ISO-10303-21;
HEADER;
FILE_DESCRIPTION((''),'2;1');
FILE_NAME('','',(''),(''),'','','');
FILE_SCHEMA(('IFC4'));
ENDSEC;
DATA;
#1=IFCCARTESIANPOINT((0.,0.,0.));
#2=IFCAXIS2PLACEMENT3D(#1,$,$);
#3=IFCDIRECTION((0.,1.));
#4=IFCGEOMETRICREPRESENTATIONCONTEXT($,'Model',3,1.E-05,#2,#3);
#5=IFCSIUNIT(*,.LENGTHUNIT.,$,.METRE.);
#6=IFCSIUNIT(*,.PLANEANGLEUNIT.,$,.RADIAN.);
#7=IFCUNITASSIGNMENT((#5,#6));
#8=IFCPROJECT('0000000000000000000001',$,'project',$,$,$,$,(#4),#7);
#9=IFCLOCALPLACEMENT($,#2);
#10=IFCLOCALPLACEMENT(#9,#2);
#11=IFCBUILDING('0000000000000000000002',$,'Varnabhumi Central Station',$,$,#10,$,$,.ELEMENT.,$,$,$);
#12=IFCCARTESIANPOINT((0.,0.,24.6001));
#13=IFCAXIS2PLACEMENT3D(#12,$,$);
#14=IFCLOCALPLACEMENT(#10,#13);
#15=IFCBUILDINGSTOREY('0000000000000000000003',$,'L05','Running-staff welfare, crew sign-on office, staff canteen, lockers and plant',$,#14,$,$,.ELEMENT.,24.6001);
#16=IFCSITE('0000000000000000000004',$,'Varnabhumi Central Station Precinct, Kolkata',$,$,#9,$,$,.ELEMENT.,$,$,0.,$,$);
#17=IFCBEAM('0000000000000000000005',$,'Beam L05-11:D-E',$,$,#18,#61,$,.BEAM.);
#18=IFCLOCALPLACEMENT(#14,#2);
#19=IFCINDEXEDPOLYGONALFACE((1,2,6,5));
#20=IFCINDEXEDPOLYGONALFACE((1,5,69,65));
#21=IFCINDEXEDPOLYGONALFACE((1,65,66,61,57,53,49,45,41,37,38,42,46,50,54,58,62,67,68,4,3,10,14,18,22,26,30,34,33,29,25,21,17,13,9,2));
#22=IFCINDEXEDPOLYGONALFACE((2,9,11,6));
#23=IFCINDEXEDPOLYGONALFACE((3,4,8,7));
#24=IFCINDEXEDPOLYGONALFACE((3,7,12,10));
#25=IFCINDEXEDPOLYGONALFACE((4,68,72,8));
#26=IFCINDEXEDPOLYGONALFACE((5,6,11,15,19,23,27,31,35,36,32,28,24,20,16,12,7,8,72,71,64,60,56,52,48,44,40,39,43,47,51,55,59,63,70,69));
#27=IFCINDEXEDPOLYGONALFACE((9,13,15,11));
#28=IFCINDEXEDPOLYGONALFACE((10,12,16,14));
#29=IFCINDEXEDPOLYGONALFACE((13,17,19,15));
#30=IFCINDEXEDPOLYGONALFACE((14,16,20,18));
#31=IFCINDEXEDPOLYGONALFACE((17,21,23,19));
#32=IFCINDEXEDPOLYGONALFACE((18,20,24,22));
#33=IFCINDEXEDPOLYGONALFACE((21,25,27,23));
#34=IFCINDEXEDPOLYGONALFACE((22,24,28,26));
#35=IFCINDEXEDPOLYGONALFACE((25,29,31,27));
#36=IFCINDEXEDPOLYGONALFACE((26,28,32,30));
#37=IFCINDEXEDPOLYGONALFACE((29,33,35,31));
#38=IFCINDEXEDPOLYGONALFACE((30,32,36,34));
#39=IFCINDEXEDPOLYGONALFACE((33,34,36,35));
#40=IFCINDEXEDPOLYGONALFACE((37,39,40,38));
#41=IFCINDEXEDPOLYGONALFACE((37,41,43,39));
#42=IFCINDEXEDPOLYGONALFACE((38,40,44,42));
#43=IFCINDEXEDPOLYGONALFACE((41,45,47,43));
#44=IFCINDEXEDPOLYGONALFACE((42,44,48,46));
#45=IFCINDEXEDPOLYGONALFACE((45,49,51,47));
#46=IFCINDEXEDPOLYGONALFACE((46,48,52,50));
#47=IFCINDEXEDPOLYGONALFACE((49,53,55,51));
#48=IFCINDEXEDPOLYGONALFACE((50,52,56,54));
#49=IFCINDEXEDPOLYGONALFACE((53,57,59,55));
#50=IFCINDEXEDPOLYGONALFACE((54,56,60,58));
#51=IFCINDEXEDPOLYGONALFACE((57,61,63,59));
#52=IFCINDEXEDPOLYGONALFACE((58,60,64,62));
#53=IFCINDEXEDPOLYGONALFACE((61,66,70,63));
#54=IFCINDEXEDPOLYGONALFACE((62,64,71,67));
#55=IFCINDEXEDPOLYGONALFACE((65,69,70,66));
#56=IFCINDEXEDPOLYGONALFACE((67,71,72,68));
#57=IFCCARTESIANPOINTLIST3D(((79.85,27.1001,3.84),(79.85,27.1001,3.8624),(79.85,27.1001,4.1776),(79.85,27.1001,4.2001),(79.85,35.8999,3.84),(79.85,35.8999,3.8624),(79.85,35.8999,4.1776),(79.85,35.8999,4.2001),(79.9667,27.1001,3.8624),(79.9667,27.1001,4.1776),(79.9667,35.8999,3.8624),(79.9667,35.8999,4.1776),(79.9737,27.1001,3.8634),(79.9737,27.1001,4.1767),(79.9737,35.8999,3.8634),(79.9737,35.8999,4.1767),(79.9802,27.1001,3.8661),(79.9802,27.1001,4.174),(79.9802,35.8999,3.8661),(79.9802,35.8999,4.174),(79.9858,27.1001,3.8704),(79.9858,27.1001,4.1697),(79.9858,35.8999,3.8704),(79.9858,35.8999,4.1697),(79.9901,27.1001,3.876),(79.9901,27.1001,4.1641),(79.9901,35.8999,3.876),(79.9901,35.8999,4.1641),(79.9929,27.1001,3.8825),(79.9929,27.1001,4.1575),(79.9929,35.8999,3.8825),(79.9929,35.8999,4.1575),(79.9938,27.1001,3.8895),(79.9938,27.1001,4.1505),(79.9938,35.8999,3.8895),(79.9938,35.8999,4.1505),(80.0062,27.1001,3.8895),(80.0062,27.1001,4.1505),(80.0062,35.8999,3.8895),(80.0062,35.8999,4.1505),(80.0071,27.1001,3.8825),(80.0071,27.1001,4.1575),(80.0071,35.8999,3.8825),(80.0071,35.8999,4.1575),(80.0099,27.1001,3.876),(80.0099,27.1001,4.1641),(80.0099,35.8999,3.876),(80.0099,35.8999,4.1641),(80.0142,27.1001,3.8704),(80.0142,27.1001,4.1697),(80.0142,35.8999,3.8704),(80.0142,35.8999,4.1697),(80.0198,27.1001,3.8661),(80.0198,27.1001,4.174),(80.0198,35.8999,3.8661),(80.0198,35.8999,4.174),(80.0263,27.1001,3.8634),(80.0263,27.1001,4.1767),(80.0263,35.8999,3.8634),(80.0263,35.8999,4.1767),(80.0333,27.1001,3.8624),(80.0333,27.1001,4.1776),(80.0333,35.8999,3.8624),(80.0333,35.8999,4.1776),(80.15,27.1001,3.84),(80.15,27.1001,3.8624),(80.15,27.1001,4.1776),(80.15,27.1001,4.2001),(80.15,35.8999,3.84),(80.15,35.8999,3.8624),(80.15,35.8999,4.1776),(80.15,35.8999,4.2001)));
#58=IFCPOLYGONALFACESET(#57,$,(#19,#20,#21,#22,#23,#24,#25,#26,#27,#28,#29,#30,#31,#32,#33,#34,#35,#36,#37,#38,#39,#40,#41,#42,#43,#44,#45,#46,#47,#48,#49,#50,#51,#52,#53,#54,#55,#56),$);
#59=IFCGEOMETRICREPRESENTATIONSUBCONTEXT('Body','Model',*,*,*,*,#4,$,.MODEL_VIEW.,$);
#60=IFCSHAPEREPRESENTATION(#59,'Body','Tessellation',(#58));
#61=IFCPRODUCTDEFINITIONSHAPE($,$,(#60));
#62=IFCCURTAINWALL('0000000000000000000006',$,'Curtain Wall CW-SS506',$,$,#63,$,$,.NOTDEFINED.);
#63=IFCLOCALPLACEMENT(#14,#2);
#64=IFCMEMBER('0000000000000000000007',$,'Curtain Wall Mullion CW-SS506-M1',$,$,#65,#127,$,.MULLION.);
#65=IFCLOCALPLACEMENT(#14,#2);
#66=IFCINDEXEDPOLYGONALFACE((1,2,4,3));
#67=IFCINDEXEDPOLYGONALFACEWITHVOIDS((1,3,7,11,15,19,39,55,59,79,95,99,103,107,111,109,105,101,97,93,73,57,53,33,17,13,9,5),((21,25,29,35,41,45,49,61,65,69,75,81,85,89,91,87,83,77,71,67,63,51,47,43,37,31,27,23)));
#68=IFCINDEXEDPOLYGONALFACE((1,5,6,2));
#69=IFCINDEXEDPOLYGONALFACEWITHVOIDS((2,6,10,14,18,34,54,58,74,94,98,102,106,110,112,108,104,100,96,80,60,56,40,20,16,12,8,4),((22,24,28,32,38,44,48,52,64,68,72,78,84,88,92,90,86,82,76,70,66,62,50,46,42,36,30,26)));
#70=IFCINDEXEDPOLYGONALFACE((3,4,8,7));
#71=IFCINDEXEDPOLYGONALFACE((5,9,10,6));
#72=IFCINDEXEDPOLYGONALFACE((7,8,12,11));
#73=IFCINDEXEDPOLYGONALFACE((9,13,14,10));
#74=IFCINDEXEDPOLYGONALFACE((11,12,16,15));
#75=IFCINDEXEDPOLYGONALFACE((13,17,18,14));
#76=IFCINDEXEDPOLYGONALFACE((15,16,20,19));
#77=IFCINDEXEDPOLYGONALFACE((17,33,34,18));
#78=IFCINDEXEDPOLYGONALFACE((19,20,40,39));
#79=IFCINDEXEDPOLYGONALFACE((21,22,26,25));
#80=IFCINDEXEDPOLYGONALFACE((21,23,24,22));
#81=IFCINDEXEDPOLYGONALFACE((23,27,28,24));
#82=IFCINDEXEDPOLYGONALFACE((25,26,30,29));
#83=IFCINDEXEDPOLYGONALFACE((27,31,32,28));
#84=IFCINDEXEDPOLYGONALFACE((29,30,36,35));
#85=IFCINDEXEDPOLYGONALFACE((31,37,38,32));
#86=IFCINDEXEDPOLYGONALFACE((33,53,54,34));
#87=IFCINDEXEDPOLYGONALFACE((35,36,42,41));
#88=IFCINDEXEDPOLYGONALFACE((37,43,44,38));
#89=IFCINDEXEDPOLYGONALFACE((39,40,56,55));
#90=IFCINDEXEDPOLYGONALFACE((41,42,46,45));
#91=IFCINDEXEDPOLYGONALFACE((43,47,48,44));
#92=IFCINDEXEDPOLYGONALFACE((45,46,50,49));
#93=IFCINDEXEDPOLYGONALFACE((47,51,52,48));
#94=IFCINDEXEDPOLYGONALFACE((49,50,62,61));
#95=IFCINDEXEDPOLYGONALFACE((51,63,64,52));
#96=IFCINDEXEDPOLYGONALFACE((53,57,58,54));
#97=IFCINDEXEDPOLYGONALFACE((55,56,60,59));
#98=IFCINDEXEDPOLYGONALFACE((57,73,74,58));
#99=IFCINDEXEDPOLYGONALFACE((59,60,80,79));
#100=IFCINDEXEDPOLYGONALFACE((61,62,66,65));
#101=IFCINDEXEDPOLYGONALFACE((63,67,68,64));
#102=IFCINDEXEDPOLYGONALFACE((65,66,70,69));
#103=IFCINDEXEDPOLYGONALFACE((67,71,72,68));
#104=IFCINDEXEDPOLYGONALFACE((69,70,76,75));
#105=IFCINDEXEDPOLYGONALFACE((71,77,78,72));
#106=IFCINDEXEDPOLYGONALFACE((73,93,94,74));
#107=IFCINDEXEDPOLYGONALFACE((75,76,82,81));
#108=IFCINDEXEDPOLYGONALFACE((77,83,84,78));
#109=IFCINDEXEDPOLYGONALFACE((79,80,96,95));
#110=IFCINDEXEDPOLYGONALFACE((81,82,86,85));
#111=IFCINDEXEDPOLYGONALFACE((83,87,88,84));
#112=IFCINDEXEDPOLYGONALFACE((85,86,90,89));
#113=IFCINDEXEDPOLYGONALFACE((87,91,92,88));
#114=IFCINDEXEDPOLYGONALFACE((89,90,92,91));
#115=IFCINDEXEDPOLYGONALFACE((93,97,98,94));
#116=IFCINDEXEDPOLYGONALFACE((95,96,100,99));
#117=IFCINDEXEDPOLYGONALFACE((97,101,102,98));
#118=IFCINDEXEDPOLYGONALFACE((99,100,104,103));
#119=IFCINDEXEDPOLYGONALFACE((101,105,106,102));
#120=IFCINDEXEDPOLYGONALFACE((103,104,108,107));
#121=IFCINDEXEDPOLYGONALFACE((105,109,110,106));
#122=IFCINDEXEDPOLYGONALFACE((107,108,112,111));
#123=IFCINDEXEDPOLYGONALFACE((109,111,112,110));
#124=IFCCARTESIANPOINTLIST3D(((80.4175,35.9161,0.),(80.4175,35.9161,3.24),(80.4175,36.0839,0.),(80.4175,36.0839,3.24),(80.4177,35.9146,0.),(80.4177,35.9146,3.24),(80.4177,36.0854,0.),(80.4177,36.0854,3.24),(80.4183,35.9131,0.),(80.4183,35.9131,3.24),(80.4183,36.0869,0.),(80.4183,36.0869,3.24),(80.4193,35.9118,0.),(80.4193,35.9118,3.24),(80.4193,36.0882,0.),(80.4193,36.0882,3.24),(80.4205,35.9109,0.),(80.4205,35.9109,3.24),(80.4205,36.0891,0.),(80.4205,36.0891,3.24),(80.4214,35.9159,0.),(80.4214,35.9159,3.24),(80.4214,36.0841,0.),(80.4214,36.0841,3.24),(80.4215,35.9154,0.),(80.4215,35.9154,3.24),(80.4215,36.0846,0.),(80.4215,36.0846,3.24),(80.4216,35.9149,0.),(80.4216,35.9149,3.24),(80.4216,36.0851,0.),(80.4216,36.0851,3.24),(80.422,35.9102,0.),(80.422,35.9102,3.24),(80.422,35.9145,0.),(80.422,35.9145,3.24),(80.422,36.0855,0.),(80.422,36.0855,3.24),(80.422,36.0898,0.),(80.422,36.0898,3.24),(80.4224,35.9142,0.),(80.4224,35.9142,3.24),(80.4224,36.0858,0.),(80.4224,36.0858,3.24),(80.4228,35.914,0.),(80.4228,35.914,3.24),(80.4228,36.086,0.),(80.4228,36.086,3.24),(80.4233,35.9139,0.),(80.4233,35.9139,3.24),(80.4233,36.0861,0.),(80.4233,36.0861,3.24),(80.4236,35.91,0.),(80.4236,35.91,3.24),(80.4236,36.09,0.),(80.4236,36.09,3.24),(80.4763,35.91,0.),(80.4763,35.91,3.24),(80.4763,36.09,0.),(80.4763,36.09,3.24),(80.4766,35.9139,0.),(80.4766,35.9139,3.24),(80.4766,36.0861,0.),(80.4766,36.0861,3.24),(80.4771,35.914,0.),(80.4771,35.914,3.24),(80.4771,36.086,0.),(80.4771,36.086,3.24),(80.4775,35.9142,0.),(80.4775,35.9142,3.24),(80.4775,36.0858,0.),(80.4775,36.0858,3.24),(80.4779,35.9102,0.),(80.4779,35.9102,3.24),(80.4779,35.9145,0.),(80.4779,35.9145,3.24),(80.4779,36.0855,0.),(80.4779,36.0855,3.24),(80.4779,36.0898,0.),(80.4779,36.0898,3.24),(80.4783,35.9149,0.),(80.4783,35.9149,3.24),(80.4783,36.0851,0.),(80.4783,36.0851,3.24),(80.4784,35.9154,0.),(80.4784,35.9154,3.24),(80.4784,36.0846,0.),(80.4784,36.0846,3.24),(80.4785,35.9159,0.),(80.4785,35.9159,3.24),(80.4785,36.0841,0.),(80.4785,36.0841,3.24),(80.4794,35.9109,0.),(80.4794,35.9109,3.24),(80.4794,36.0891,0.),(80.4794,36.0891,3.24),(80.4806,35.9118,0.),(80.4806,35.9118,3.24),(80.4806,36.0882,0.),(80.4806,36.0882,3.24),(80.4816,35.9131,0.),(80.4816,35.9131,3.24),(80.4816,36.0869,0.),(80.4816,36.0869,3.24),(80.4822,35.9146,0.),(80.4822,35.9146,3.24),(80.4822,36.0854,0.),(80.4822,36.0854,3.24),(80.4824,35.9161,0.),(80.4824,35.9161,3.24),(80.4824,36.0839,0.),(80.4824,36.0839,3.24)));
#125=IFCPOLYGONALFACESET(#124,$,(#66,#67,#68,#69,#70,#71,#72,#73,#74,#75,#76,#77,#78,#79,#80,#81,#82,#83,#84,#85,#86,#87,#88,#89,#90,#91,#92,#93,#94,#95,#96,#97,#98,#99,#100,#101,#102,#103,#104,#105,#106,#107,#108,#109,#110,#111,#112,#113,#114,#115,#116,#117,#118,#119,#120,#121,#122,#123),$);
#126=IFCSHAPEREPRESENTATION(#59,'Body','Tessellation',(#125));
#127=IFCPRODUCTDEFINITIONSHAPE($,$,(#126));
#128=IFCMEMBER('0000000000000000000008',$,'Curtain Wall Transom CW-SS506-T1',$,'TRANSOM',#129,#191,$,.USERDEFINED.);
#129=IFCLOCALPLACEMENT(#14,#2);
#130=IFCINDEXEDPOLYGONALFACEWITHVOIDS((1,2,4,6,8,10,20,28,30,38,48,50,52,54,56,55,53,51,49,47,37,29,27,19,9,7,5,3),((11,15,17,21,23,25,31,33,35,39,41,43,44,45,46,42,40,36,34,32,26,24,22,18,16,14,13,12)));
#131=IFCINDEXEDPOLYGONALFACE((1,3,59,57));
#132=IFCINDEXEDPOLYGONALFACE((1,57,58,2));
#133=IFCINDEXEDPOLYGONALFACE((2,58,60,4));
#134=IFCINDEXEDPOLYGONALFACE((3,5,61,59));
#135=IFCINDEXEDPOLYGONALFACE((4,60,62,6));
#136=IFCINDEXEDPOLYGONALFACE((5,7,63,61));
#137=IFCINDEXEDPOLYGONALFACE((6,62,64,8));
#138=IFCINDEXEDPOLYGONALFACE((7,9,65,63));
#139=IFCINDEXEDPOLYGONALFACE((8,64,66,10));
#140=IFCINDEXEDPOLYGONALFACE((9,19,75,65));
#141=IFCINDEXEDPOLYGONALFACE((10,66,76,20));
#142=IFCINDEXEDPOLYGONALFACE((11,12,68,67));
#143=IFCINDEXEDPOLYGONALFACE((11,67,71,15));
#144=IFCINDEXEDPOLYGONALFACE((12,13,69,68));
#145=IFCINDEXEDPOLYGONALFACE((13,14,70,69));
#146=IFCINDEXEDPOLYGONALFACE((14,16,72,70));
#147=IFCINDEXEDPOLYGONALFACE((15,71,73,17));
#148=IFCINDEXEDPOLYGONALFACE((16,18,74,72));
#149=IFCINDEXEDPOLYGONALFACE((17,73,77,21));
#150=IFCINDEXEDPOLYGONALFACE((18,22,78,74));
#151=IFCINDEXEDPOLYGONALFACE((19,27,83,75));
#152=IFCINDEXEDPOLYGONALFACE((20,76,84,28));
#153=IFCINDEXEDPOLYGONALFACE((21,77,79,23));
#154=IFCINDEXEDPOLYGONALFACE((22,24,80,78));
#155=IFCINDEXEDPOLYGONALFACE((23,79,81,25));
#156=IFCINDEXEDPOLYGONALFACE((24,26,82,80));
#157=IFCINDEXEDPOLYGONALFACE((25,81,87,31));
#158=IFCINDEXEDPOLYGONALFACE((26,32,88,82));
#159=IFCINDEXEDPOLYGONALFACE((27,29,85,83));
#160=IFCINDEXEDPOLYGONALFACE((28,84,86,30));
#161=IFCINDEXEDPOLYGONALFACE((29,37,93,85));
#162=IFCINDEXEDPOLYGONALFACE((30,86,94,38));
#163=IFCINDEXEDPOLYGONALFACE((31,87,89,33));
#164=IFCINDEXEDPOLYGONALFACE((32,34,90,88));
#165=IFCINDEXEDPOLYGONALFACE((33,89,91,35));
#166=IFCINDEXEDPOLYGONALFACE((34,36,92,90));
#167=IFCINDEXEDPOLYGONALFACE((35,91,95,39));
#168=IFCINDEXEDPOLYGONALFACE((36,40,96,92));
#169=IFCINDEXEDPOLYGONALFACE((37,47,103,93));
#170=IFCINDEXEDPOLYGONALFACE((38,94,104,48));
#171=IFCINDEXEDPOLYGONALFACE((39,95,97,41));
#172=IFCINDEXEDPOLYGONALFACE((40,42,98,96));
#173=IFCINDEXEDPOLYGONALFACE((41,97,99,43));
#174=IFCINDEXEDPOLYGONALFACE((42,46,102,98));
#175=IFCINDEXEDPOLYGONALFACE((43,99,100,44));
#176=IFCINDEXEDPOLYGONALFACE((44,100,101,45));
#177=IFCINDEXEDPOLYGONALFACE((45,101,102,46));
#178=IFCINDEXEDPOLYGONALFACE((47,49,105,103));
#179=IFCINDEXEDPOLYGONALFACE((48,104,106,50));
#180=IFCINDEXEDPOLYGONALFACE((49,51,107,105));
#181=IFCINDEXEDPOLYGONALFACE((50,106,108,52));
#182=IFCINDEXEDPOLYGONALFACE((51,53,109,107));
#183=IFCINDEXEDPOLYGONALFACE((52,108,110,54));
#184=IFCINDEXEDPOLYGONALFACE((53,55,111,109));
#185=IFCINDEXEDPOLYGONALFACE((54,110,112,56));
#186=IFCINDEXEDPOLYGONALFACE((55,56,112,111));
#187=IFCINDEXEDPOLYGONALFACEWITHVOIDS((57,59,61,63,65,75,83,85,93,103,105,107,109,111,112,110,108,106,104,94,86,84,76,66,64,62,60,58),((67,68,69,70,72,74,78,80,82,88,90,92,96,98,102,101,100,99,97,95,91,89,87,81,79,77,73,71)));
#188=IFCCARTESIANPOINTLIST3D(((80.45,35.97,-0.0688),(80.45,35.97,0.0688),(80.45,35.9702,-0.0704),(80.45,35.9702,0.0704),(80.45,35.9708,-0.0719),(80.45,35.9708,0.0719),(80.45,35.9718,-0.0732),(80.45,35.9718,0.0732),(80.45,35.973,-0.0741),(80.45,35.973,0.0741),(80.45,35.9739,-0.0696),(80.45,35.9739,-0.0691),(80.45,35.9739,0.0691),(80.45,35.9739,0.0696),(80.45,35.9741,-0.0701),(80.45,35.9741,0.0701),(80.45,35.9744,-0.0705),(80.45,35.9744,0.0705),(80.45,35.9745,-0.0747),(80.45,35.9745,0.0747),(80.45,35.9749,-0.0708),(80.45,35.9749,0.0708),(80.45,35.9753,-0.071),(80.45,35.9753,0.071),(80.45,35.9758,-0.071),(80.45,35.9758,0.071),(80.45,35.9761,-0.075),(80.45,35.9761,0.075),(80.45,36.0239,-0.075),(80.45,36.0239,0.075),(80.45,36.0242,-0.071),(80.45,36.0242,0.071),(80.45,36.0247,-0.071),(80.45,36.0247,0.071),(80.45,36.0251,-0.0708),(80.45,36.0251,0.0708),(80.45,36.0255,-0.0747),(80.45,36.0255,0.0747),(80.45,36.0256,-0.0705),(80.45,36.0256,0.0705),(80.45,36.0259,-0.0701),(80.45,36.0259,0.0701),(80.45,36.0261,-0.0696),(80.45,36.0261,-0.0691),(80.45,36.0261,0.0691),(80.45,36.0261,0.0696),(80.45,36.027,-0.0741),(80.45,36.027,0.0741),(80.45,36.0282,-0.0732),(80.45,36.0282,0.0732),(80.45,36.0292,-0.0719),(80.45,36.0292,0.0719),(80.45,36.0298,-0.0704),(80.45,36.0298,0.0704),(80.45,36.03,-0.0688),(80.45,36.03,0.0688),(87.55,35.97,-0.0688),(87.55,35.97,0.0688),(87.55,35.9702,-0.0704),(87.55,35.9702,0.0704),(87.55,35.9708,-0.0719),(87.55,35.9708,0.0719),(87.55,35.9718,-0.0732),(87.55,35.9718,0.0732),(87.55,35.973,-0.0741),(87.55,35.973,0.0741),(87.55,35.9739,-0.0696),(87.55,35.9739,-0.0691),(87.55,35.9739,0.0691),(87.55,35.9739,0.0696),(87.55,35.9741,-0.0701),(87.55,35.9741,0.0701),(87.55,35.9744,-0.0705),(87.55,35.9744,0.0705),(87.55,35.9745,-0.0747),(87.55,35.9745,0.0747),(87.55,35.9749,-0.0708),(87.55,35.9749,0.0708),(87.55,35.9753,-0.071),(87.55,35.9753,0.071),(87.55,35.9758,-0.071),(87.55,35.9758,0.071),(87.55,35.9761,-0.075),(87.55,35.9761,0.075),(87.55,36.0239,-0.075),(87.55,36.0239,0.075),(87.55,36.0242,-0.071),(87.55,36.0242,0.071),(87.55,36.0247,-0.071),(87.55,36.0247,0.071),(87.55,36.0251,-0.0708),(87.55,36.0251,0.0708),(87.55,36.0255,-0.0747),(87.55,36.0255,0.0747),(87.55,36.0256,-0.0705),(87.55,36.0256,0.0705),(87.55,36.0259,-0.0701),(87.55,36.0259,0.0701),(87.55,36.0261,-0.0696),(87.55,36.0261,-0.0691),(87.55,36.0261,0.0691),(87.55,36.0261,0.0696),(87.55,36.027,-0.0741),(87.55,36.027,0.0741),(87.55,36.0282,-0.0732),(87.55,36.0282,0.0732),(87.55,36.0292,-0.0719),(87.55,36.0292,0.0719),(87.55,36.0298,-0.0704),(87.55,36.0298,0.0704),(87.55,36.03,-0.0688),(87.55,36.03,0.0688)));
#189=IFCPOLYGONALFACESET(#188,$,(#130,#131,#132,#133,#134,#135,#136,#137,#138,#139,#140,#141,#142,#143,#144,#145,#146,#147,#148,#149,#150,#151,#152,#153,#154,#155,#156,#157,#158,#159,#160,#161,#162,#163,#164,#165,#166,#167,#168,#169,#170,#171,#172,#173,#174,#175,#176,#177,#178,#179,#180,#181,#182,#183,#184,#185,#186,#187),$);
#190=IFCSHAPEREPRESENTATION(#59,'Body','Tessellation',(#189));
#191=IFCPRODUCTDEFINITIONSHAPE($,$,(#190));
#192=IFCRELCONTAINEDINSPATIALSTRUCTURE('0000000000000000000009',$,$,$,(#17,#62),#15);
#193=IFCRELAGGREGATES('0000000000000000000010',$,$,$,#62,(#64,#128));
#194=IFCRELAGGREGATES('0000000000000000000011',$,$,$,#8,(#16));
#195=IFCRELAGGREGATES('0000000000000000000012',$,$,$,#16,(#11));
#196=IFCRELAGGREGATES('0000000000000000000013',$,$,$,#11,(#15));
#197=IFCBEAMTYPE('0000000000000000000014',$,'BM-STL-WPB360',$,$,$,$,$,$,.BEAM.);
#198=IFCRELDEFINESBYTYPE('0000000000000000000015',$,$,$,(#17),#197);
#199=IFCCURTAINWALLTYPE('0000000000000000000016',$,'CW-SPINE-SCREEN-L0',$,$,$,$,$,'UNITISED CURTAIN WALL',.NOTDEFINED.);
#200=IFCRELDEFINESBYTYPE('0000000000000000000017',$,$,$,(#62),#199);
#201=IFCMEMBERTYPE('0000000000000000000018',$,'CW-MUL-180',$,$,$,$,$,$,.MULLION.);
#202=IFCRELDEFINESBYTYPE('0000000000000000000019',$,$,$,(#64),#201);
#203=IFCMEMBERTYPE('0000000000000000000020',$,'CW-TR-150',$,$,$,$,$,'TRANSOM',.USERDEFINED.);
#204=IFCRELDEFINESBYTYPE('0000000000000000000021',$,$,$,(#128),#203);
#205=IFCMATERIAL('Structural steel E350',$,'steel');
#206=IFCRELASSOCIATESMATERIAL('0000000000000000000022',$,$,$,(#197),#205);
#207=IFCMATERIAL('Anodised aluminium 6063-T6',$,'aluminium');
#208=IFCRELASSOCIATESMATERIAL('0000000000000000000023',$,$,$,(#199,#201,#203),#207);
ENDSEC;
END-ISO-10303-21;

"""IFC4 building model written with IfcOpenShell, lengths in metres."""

from ifc_helpers import new_model, si_unit, direction, frame, origin, origin_2d, place, context, subcontext, project, spatial, hollow_rectangle, i_section, extrude, material, material_profile, profile_set, type_object, element, aggregate, save


model = new_model("IFC4")

# Units and contexts
model_context = context("Model", 3, precision=1e-05, world=origin(), true_north=direction((0.0, 1.0)))
body_context = subcontext(model_context, "Body", "Model", "MODEL_VIEW")
ifc_project = project(units=[si_unit("LENGTHUNIT", "METRE"), si_unit("PLANEANGLEUNIT", "RADIAN")], contexts=[model_context])

# Site, building, storey
site_placement = place(None, origin())
site = spatial("IfcSite", under=ifc_project, at=site_placement, Name="Varnabhumi Central Station Precinct, Kolkata", CompositionType="ELEMENT", RefElevation=0.0)
building_placement = place(site_placement, origin())
building = spatial("IfcBuilding", under=site, at=building_placement, Name="Varnabhumi Central Station", CompositionType="ELEMENT")
storey_placement = place(building_placement, frame((0.0, 0.0, 24.6001)))
storey = spatial("IfcBuildingStorey", under=building, at=storey_placement, Name="L05", Description="Running-staff welfare, crew sign-on office, staff canteen, lockers and plant", CompositionType="ELEMENT", Elevation=24.6001)

# Beam
ifc_material_1 = material(Name="Structural steel E350", Category="steel")
ifc_material_profile_1 = material_profile(ifc_material_1, i_section(OverallWidth=0.3, OverallDepth=0.3601, WebThickness=0.0125, FlangeThickness=0.0225, FilletRadius=0.0271, at=origin_2d()), Name="Structural steel E350", Category="steel")
ifc_profile_set_1 = profile_set([ifc_material_profile_1], Name="Structural steel E350")
beam_type_1 = type_object("IfcBeamType", Name="BM-STL-WPB360", PredefinedType="BEAM", material=ifc_profile_set_1)
for number, where, z_axis, x_axis, name in (
    (1, (80.0, 27.1001, 4.02), (0.0, 1.0, 0.0), (-1.0, 0.0, 0.0), "Beam L05-11:D-E"),
):
    element("IfcBeam", number, at=place(storey_placement, frame(where, z_axis=z_axis, x_axis=x_axis)), inside=storey, type_object=beam_type_1, Name=name, PredefinedType="BEAM", context=body_context, shape_type="SweptSolid", body=[
        extrude(i_section(OverallWidth=0.3, OverallDepth=0.3601, WebThickness=0.0125, FlangeThickness=0.0225, FilletRadius=0.0271, at=origin_2d()), origin(), (0.0, 0.0, 1.0), 8.7998),
    ])

# Curtain wall, members
ifc_material_2 = material(Name="Anodised aluminium 6063-T6", Category="aluminium")
curtain_wall_type = type_object("IfcCurtainWallType", Name="CW-SPINE-SCREEN-L0", ElementType="UNITISED CURTAIN WALL", PredefinedType="NOTDEFINED", material=ifc_material_2)
curtain_wall_placement = place(storey_placement, origin())
curtain_wall = element("IfcCurtainWall", 2, at=curtain_wall_placement, inside=storey, type_object=curtain_wall_type, Name="Curtain Wall CW-SS506", PredefinedType="NOTDEFINED")
ifc_material_profile_2 = material_profile(ifc_material_2, hollow_rectangle(XDim=0.0649, YDim=0.1799, WallThickness=0.0039, InnerFilletRadius=0.002, OuterFilletRadius=0.0061, at=origin_2d()), Name="Anodised aluminium 6063-T6", Category="aluminium")
ifc_profile_set_2 = profile_set([ifc_material_profile_2], Name="Anodised aluminium 6063-T6")
member_type_1 = type_object("IfcMemberType", Name="CW-MUL-180", PredefinedType="MULLION", material=ifc_profile_set_2)
member_1_placement = place(storey_placement, frame((80.45, 36.0, 0.0), z_axis=(0.0, 0.0, 1.0), x_axis=(1.0, 0.0, 0.0)))
member_1 = element("IfcMember", 3, at=member_1_placement, type_object=member_type_1, Name="Curtain Wall Mullion CW-SS506-M1", PredefinedType="MULLION", context=body_context, shape_type="SweptSolid", body=[
    extrude(hollow_rectangle(XDim=0.0649, YDim=0.1799, WallThickness=0.0039, InnerFilletRadius=0.002, OuterFilletRadius=0.0061, at=origin_2d()), origin(), (0.0, 0.0, 1.0), 3.24),
])
ifc_material_profile_3 = material_profile(ifc_material_2, hollow_rectangle(XDim=0.0601, YDim=0.1499, WallThickness=0.0039, InnerFilletRadius=0.002, OuterFilletRadius=0.0061, at=origin_2d()), Name="Anodised aluminium 6063-T6", Category="aluminium")
ifc_profile_set_3 = profile_set([ifc_material_profile_3], Name="Anodised aluminium 6063-T6")
member_type_2 = type_object("IfcMemberType", Name="CW-TR-150", ElementType="TRANSOM", PredefinedType="USERDEFINED", material=ifc_profile_set_3)
member_2_placement = place(storey_placement, frame((80.45, 36.0, 0.0), z_axis=(1.0, 0.0, 0.0), x_axis=(0.0, 1.0, 0.0)))
member_2 = element("IfcMember", 4, at=member_2_placement, type_object=member_type_2, Name="Curtain Wall Transom CW-SS506-T1", ObjectType="TRANSOM", PredefinedType="USERDEFINED", context=body_context, shape_type="SweptSolid", body=[
    extrude(hollow_rectangle(XDim=0.0601, YDim=0.1499, WallThickness=0.0039, InnerFilletRadius=0.002, OuterFilletRadius=0.0061, at=origin_2d()), origin(), (0.0, 0.0, 1.0), 7.1001),
])
aggregate(curtain_wall, [member_1, member_2])

save(model, "model.ifc")
